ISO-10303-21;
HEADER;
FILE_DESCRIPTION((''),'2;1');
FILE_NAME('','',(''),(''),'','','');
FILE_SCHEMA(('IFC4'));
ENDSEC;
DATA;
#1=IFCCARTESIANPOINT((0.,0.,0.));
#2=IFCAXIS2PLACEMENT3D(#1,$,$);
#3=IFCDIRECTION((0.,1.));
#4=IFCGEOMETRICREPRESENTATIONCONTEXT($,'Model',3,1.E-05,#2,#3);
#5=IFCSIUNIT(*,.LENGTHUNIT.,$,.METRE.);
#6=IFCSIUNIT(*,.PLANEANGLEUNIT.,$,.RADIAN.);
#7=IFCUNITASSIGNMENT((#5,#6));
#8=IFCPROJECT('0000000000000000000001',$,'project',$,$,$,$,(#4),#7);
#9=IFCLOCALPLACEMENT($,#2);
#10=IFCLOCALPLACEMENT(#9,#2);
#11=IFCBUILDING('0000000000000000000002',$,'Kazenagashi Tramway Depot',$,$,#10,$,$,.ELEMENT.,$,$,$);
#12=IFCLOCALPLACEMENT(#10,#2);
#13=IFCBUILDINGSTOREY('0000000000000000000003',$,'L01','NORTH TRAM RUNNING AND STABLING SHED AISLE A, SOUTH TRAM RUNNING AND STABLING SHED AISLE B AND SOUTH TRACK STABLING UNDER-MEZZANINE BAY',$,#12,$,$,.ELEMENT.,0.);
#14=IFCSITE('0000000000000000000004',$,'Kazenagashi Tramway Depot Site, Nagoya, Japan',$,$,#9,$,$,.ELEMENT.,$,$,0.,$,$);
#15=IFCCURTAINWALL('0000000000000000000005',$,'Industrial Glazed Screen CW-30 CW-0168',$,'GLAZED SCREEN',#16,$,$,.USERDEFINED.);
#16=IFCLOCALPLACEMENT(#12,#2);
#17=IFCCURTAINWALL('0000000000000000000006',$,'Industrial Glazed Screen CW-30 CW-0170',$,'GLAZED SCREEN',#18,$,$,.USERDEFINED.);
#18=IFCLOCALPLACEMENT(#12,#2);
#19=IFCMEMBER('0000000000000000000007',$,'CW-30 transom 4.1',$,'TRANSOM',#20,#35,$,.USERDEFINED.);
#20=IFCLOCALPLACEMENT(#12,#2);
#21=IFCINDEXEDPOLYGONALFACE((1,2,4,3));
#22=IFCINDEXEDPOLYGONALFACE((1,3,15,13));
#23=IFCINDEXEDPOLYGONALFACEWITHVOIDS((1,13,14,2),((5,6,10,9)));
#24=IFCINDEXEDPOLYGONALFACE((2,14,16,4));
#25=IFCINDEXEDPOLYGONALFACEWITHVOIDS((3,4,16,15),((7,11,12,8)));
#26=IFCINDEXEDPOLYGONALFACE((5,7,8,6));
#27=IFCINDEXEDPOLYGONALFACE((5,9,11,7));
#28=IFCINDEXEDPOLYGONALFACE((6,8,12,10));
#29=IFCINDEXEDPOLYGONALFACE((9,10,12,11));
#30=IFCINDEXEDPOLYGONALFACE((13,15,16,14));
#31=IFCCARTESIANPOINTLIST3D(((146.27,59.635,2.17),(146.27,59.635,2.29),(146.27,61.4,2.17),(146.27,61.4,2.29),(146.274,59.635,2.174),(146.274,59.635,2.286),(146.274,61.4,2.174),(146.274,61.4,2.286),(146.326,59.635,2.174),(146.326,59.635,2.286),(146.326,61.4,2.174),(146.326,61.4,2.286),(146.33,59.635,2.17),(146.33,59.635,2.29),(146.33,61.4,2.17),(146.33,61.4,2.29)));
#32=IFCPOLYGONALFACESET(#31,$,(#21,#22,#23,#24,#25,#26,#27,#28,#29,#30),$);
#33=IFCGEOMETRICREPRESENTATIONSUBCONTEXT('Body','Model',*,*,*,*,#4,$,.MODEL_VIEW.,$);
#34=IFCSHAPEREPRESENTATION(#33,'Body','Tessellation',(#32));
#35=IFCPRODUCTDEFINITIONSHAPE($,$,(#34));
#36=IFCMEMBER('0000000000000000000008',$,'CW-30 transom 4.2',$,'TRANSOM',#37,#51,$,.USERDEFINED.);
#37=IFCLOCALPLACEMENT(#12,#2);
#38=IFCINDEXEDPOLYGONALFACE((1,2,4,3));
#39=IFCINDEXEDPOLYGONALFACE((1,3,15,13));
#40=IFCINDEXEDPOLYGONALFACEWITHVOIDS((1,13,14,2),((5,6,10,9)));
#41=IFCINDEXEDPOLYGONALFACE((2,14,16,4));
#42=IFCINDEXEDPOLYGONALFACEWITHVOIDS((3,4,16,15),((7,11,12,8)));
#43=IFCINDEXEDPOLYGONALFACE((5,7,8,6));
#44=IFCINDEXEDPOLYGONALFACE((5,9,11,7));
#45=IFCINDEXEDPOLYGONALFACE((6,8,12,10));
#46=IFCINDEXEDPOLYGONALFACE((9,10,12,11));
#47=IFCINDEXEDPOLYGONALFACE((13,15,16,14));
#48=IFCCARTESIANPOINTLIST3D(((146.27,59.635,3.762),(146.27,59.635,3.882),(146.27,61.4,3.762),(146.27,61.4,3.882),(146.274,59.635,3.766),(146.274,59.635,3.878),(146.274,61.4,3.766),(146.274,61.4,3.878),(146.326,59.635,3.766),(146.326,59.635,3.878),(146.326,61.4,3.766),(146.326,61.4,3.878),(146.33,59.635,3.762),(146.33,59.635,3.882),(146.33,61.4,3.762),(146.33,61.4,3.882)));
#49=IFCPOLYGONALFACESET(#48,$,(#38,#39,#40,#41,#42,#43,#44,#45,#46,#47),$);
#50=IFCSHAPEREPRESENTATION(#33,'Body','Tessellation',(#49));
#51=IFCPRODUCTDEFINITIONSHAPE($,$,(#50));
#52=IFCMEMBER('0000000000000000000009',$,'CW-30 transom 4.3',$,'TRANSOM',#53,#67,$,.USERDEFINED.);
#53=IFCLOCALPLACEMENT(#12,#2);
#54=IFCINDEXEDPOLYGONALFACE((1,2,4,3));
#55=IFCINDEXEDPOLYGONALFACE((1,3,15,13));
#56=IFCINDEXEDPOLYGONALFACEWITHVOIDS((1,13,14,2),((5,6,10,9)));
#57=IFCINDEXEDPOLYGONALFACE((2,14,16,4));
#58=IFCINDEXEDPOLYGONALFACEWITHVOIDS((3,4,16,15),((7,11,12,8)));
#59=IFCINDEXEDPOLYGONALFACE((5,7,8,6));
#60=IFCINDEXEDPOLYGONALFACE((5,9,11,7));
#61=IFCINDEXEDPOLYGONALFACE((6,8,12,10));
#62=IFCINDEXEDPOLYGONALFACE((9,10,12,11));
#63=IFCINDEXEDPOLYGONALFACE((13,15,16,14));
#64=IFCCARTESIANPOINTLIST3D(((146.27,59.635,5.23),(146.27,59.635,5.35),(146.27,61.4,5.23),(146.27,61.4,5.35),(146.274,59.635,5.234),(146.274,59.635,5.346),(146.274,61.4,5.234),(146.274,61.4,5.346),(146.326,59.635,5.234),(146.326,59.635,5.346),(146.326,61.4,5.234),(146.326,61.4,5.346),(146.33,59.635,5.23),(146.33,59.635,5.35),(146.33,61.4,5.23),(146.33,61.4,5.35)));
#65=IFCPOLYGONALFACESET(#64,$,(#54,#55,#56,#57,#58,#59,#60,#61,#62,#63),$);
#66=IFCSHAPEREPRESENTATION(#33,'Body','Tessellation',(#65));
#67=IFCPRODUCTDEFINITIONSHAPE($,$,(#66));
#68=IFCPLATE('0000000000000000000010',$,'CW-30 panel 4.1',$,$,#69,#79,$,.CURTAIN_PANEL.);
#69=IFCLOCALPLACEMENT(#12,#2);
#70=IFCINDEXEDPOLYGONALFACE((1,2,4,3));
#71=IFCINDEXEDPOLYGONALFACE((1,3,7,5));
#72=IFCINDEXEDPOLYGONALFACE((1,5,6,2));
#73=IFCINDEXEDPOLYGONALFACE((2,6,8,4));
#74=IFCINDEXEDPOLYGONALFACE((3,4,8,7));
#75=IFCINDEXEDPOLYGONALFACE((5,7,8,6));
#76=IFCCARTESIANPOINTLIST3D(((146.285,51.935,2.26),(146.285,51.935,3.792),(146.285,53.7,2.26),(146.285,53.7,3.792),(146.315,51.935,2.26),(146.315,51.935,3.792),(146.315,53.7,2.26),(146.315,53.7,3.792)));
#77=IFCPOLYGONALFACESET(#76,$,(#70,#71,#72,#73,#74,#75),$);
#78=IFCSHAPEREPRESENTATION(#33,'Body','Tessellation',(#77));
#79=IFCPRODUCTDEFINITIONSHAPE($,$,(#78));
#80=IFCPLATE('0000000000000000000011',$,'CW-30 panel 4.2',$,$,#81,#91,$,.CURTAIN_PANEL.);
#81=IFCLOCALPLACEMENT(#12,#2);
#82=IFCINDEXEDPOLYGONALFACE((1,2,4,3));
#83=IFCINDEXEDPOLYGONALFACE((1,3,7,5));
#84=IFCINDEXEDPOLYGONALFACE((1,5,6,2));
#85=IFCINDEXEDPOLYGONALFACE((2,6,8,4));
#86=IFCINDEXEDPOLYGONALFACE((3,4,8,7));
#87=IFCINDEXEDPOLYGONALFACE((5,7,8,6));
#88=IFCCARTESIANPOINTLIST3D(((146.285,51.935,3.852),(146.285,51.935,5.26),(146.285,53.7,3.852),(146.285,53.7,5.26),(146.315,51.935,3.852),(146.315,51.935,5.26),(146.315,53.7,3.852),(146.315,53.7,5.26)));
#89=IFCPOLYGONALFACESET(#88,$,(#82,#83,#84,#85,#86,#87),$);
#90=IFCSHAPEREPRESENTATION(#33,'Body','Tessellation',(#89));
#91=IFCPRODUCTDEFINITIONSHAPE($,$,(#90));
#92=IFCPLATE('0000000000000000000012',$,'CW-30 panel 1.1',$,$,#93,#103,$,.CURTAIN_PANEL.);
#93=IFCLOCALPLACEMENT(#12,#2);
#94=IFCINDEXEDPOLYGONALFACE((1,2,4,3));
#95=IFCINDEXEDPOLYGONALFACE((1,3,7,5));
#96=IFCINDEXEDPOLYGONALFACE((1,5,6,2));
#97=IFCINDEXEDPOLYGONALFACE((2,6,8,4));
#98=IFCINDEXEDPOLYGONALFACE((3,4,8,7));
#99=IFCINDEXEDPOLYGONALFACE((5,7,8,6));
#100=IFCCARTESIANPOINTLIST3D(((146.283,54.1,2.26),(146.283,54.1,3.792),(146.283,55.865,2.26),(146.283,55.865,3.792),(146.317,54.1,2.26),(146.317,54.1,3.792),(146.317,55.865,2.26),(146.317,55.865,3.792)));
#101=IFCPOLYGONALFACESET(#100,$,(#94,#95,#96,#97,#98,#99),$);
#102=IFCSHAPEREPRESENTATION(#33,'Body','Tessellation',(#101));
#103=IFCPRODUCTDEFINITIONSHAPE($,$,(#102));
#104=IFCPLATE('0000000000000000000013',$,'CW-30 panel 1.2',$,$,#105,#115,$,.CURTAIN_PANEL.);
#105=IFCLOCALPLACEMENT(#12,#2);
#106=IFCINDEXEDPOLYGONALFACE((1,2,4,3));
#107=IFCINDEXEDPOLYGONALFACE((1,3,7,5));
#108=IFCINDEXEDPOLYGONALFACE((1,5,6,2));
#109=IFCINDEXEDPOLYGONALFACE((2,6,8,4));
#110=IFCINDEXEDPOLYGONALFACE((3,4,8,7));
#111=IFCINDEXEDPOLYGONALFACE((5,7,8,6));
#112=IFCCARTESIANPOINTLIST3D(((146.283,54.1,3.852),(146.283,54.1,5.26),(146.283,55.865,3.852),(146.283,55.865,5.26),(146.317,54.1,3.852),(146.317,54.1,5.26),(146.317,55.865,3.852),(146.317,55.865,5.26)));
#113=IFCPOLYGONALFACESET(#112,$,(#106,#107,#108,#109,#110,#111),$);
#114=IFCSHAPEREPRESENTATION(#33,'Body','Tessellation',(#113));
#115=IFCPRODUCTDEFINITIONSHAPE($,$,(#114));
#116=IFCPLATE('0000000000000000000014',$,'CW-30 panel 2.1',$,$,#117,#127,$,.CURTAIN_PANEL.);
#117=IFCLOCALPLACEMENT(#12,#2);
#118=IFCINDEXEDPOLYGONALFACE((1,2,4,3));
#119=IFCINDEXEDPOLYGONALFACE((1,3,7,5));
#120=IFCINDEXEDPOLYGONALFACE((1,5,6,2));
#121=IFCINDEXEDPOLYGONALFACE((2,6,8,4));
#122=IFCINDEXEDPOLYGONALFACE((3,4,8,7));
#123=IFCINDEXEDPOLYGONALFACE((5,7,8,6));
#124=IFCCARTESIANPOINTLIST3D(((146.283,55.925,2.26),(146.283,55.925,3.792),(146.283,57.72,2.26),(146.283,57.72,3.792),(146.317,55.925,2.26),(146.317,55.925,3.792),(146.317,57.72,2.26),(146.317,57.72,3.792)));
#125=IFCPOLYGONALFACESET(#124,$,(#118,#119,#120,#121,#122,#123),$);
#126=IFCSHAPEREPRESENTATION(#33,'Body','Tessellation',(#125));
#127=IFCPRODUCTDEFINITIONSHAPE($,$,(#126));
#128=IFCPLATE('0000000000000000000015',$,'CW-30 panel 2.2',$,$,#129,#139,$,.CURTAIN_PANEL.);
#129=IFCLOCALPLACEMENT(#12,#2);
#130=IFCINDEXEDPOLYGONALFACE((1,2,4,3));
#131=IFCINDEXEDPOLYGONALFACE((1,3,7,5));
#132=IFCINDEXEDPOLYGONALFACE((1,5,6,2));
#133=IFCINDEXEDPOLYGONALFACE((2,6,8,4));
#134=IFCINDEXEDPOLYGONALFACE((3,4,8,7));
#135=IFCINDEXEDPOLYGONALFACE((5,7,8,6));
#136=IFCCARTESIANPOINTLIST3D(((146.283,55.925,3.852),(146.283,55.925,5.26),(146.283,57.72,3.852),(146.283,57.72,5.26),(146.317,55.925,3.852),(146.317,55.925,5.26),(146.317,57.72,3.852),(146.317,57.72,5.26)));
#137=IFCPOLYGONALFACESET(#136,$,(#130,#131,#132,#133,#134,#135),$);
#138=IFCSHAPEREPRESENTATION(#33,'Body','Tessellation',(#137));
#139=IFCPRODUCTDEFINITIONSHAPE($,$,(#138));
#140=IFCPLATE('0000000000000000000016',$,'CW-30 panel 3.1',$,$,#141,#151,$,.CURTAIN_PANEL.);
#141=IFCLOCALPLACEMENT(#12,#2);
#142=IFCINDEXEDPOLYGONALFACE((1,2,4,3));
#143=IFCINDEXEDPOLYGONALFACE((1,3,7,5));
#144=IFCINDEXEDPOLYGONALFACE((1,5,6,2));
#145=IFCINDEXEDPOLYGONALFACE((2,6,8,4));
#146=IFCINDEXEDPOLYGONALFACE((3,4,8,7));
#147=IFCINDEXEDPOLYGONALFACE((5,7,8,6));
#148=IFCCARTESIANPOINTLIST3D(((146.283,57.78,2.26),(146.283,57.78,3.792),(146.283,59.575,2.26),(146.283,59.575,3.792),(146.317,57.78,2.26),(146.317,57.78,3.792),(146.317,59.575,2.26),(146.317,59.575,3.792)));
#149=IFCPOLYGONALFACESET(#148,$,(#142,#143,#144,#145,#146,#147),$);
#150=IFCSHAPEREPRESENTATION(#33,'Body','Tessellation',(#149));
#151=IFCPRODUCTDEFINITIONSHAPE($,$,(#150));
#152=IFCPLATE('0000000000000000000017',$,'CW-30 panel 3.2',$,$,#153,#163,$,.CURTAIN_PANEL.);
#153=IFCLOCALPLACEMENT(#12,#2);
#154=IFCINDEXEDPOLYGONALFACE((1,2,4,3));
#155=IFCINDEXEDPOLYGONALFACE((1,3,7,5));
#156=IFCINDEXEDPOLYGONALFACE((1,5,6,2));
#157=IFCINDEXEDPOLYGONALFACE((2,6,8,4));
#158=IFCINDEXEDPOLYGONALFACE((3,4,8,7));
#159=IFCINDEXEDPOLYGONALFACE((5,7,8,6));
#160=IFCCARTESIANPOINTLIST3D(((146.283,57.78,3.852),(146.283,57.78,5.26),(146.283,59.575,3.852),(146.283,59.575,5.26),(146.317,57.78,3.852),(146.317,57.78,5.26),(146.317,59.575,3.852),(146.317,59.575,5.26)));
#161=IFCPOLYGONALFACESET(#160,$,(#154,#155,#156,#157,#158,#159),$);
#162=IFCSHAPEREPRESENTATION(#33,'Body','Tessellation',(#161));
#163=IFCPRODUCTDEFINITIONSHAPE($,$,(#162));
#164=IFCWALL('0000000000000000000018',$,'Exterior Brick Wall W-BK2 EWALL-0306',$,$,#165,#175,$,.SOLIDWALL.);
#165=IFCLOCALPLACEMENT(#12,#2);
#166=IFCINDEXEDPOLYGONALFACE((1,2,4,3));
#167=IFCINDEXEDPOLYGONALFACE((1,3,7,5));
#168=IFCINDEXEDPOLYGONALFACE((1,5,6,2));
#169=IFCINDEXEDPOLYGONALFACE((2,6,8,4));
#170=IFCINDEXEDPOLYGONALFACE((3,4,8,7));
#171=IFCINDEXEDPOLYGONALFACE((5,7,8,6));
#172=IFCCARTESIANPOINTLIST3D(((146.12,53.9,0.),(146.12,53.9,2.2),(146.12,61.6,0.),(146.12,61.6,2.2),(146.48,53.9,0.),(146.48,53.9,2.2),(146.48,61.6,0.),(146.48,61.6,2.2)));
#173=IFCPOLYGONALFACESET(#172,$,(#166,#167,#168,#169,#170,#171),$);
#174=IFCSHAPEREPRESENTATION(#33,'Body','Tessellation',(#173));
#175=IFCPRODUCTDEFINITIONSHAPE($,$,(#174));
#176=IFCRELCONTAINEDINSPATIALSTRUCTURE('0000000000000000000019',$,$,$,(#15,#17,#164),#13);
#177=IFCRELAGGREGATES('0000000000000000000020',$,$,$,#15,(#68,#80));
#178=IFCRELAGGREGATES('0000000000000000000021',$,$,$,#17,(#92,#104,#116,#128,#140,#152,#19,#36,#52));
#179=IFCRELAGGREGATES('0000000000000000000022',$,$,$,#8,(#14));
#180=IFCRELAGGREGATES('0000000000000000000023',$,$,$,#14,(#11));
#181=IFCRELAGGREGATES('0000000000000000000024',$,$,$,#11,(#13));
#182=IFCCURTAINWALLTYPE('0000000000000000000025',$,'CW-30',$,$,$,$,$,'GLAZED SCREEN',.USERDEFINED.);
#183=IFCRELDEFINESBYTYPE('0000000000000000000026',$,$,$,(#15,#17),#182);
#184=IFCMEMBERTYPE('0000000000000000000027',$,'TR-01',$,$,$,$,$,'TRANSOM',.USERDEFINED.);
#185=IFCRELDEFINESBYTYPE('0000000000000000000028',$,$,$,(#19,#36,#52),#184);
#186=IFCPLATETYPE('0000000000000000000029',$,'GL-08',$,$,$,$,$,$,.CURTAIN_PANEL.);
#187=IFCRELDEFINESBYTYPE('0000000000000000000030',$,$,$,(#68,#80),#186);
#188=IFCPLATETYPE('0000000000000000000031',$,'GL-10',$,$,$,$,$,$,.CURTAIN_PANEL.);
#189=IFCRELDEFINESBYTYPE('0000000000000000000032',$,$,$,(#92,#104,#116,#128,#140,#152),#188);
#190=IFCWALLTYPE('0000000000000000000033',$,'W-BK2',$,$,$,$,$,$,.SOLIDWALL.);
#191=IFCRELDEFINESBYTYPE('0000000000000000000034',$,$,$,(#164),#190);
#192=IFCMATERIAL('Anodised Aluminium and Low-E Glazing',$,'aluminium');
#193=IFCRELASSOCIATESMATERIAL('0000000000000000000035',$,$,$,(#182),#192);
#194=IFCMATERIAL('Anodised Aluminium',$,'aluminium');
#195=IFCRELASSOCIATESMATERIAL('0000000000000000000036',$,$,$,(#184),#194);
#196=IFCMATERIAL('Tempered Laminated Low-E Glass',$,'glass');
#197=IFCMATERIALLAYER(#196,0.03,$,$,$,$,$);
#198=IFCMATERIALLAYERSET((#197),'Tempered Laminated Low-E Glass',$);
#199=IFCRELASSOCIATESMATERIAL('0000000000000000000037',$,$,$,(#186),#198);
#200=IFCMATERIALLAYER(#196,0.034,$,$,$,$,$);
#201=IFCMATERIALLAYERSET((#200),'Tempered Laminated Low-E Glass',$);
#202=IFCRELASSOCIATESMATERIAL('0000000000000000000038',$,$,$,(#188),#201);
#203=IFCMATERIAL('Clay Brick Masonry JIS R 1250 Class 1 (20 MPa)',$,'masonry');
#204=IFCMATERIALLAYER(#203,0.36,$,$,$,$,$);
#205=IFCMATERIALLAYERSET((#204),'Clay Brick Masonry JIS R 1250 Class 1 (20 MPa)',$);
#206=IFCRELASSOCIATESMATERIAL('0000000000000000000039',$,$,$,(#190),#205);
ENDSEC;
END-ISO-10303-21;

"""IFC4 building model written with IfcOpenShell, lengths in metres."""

from ifc_helpers import new_model, si_unit, direction, frame, frame_2d, origin, origin_2d, place, context, subcontext, project, spatial, rectangle, hollow_rectangle, extrude, material, layer, layer_set, material_profile, profile_set, type_object, element, aggregate, save


model = new_model("IFC4")

# Units and contexts
model_context = context("Model", 3, precision=1e-05, world=origin(), true_north=direction((0.0, 1.0)))
body_context = subcontext(model_context, "Body", "Model", "MODEL_VIEW")
ifc_project = project(units=[si_unit("LENGTHUNIT", "METRE"), si_unit("PLANEANGLEUNIT", "RADIAN")], contexts=[model_context])

# Site, building, storey
site_placement = place(None, origin())
site = spatial("IfcSite", under=ifc_project, at=site_placement, Name="Kazenagashi Tramway Depot Site, Nagoya, Japan", CompositionType="ELEMENT", RefElevation=0.0)
building_placement = place(site_placement, origin())
building = spatial("IfcBuilding", under=site, at=building_placement, Name="Kazenagashi Tramway Depot", CompositionType="ELEMENT")
storey_placement = place(building_placement, origin())
storey = spatial("IfcBuildingStorey", under=building, at=storey_placement, Name="L01", Description="NORTH TRAM RUNNING AND STABLING SHED AISLE A, SOUTH TRAM RUNNING AND STABLING SHED AISLE B AND SOUTH TRACK STABLING UNDER-MEZZANINE BAY", CompositionType="ELEMENT", Elevation=0.0)

# Curtain wall
ifc_material_1 = material(Name="Anodised Aluminium and Low-E Glazing", Category="aluminium")
curtain_wall_type = type_object("IfcCurtainWallType", Name="CW-30", ElementType="GLAZED SCREEN", PredefinedType="USERDEFINED", material=ifc_material_1)
curtain_wall_1_placement = place(storey_placement, origin())
curtain_wall_1 = element("IfcCurtainWall", 1, at=curtain_wall_1_placement, inside=storey, type_object=curtain_wall_type, Name="Industrial Glazed Screen CW-30 CW-0168", ObjectType="GLAZED SCREEN", PredefinedType="USERDEFINED")
ifc_material_2 = material(Name="Anodised Aluminium", Category="aluminium")

# Curtain wall, members
curtain_wall_2_placement = place(storey_placement, origin())
curtain_wall_2 = element("IfcCurtainWall", 2, at=curtain_wall_2_placement, inside=storey, type_object=curtain_wall_type, Name="Industrial Glazed Screen CW-30 CW-0170", ObjectType="GLAZED SCREEN", PredefinedType="USERDEFINED")
ifc_material_profile_1 = material_profile(ifc_material_2, hollow_rectangle(XDim=0.06, YDim=0.12, WallThickness=0.004, at=origin_2d()), Name="RHS-120x60x4")
ifc_profile_set_1 = profile_set([ifc_material_profile_1], Name="Anodised Aluminium")
member_type_1 = type_object("IfcMemberType", Name="TR-01", ElementType="TRANSOM", PredefinedType="USERDEFINED", material=ifc_profile_set_1)
member_1_placement = place(storey_placement, frame((146.3, 59.635, 2.23), z_axis=(0.0, 1.0, 0.0), x_axis=(-1.0, 0.0, 0.0)))
member_1 = element("IfcMember", 3, at=member_1_placement, type_object=member_type_1, Name="CW-30 transom 4.1", ObjectType="TRANSOM", PredefinedType="USERDEFINED", context=body_context, shape_type="SweptSolid", body=[
    extrude(hollow_rectangle(XDim=0.06, YDim=0.12, WallThickness=0.004, at=origin_2d()), origin(), (0.0, 0.0, 1.0), 1.765),
])
member_2_placement = place(storey_placement, frame((146.3, 59.635, 3.822), z_axis=(0.0, 1.0, 0.0), x_axis=(-1.0, 0.0, 0.0)))
member_2 = element("IfcMember", 4, at=member_2_placement, type_object=member_type_1, Name="CW-30 transom 4.2", ObjectType="TRANSOM", PredefinedType="USERDEFINED", context=body_context, shape_type="SweptSolid", body=[
    extrude(hollow_rectangle(XDim=0.06, YDim=0.12, WallThickness=0.004, at=origin_2d()), origin(), (0.0, 0.0, 1.0), 1.765),
])
member_3_placement = place(storey_placement, frame((146.3, 59.635, 5.29), z_axis=(0.0, 1.0, 0.0), x_axis=(-1.0, 0.0, 0.0)))
member_3 = element("IfcMember", 5, at=member_3_placement, type_object=member_type_1, Name="CW-30 transom 4.3", ObjectType="TRANSOM", PredefinedType="USERDEFINED", context=body_context, shape_type="SweptSolid", body=[
    extrude(hollow_rectangle(XDim=0.06, YDim=0.12, WallThickness=0.004, at=origin_2d()), origin(), (0.0, 0.0, 1.0), 1.765),
])

# Plates
ifc_material_3 = material(Name="Tempered Laminated Low-E Glass", Category="glass")
ifc_layer_1 = layer(ifc_material_3, 0.03)
ifc_layer_set_1 = layer_set([ifc_layer_1], Name="Tempered Laminated Low-E Glass")
plate_type_1 = type_object("IfcPlateType", Name="GL-08", PredefinedType="CURTAIN_PANEL", material=ifc_layer_set_1)
plate_1_placement = place(storey_placement, frame((146.3, 52.8175, 2.26), z_axis=(0.0, 0.0, 1.0), x_axis=(0.0, 1.0, 0.0)))
plate_1 = element("IfcPlate", 6, at=plate_1_placement, type_object=plate_type_1, Name="CW-30 panel 4.1", PredefinedType="CURTAIN_PANEL", context=body_context, shape_type="SweptSolid", body=[
    extrude(rectangle(XDim=1.765, YDim=0.03, at=origin_2d()), origin(), (0.0, 0.0, 1.0), 1.532),
])
plate_2_placement = place(storey_placement, frame((146.3, 52.8175, 3.852), z_axis=(0.0, 0.0, 1.0), x_axis=(0.0, 1.0, 0.0)))
plate_2 = element("IfcPlate", 7, at=plate_2_placement, type_object=plate_type_1, Name="CW-30 panel 4.2", PredefinedType="CURTAIN_PANEL", context=body_context, shape_type="SweptSolid", body=[
    extrude(rectangle(XDim=1.765, YDim=0.03, at=origin_2d()), origin(), (0.0, 0.0, 1.0), 1.408),
])
aggregate(curtain_wall_1, [plate_1, plate_2])
ifc_layer_2 = layer(ifc_material_3, 0.034)
ifc_layer_set_2 = layer_set([ifc_layer_2], Name="Tempered Laminated Low-E Glass")
plate_type_2 = type_object("IfcPlateType", Name="GL-10", PredefinedType="CURTAIN_PANEL", material=ifc_layer_set_2)
plate_3_placement = place(storey_placement, frame((146.3, 54.9825, 2.26), z_axis=(0.0, 0.0, 1.0), x_axis=(0.0, 1.0, 0.0)))
plate_3 = element("IfcPlate", 8, at=plate_3_placement, type_object=plate_type_2, Name="CW-30 panel 1.1", PredefinedType="CURTAIN_PANEL", context=body_context, shape_type="SweptSolid", body=[
    extrude(rectangle(XDim=1.765, YDim=0.034, at=origin_2d()), origin(), (0.0, 0.0, 1.0), 1.532),
])
plate_4_placement = place(storey_placement, frame((146.3, 54.9825, 3.852), z_axis=(0.0, 0.0, 1.0), x_axis=(0.0, 1.0, 0.0)))
plate_4 = element("IfcPlate", 9, at=plate_4_placement, type_object=plate_type_2, Name="CW-30 panel 1.2", PredefinedType="CURTAIN_PANEL", context=body_context, shape_type="SweptSolid", body=[
    extrude(rectangle(XDim=1.765, YDim=0.034, at=origin_2d()), origin(), (0.0, 0.0, 1.0), 1.408),
])
plate_5_placement = place(storey_placement, frame((146.3, 56.8225, 2.26), z_axis=(0.0, 0.0, 1.0), x_axis=(0.0, 1.0, 0.0)))
plate_5 = element("IfcPlate", 10, at=plate_5_placement, type_object=plate_type_2, Name="CW-30 panel 2.1", PredefinedType="CURTAIN_PANEL", context=body_context, shape_type="SweptSolid", body=[
    extrude(rectangle(XDim=1.795, YDim=0.034, at=origin_2d()), origin(), (0.0, 0.0, 1.0), 1.532),
])
plate_6_placement = place(storey_placement, frame((146.3, 56.8225, 3.852), z_axis=(0.0, 0.0, 1.0), x_axis=(0.0, 1.0, 0.0)))
plate_6 = element("IfcPlate", 11, at=plate_6_placement, type_object=plate_type_2, Name="CW-30 panel 2.2", PredefinedType="CURTAIN_PANEL", context=body_context, shape_type="SweptSolid", body=[
    extrude(rectangle(XDim=1.795, YDim=0.034, at=origin_2d()), origin(), (0.0, 0.0, 1.0), 1.408),
])
plate_7_placement = place(storey_placement, frame((146.3, 58.6775, 2.26), z_axis=(0.0, 0.0, 1.0), x_axis=(0.0, 1.0, 0.0)))
plate_7 = element("IfcPlate", 12, at=plate_7_placement, type_object=plate_type_2, Name="CW-30 panel 3.1", PredefinedType="CURTAIN_PANEL", context=body_context, shape_type="SweptSolid", body=[
    extrude(rectangle(XDim=1.795, YDim=0.034, at=origin_2d()), origin(), (0.0, 0.0, 1.0), 1.532),
])
plate_8_placement = place(storey_placement, frame((146.3, 58.6775, 3.852), z_axis=(0.0, 0.0, 1.0), x_axis=(0.0, 1.0, 0.0)))
plate_8 = element("IfcPlate", 13, at=plate_8_placement, type_object=plate_type_2, Name="CW-30 panel 3.2", PredefinedType="CURTAIN_PANEL", context=body_context, shape_type="SweptSolid", body=[
    extrude(rectangle(XDim=1.795, YDim=0.034, at=origin_2d()), origin(), (0.0, 0.0, 1.0), 1.408),
])
aggregate(curtain_wall_2, [plate_3, plate_4, plate_5, plate_6, plate_7, plate_8, member_1, member_2, member_3])

# Wall
ifc_material_4 = material(Name="Clay Brick Masonry JIS R 1250 Class 1 (20 MPa)", Category="masonry")
ifc_layer_3 = layer(ifc_material_4, 0.36)
ifc_layer_set_3 = layer_set([ifc_layer_3], Name="Clay Brick Masonry JIS R 1250 Class 1 (20 MPa)")
wall_type = type_object("IfcWallType", Name="W-BK2", PredefinedType="SOLIDWALL", material=ifc_layer_set_3)
wall_placement = place(storey_placement, frame((146.3, 53.9, 0.0), z_axis=(0.0, 0.0, 1.0), x_axis=(0.0, 1.0, 0.0)))
element("IfcWall", 14, at=wall_placement, inside=storey, type_object=wall_type, Name="Exterior Brick Wall W-BK2 EWALL-0306", PredefinedType="SOLIDWALL", context=body_context, shape_type="SweptSolid", body=[
    extrude(rectangle(XDim=7.7, YDim=0.36, at=frame_2d((3.85, 0.0))), origin(), (0.0, 0.0, 1.0), 2.2),
])

save(model, "model.ifc")
